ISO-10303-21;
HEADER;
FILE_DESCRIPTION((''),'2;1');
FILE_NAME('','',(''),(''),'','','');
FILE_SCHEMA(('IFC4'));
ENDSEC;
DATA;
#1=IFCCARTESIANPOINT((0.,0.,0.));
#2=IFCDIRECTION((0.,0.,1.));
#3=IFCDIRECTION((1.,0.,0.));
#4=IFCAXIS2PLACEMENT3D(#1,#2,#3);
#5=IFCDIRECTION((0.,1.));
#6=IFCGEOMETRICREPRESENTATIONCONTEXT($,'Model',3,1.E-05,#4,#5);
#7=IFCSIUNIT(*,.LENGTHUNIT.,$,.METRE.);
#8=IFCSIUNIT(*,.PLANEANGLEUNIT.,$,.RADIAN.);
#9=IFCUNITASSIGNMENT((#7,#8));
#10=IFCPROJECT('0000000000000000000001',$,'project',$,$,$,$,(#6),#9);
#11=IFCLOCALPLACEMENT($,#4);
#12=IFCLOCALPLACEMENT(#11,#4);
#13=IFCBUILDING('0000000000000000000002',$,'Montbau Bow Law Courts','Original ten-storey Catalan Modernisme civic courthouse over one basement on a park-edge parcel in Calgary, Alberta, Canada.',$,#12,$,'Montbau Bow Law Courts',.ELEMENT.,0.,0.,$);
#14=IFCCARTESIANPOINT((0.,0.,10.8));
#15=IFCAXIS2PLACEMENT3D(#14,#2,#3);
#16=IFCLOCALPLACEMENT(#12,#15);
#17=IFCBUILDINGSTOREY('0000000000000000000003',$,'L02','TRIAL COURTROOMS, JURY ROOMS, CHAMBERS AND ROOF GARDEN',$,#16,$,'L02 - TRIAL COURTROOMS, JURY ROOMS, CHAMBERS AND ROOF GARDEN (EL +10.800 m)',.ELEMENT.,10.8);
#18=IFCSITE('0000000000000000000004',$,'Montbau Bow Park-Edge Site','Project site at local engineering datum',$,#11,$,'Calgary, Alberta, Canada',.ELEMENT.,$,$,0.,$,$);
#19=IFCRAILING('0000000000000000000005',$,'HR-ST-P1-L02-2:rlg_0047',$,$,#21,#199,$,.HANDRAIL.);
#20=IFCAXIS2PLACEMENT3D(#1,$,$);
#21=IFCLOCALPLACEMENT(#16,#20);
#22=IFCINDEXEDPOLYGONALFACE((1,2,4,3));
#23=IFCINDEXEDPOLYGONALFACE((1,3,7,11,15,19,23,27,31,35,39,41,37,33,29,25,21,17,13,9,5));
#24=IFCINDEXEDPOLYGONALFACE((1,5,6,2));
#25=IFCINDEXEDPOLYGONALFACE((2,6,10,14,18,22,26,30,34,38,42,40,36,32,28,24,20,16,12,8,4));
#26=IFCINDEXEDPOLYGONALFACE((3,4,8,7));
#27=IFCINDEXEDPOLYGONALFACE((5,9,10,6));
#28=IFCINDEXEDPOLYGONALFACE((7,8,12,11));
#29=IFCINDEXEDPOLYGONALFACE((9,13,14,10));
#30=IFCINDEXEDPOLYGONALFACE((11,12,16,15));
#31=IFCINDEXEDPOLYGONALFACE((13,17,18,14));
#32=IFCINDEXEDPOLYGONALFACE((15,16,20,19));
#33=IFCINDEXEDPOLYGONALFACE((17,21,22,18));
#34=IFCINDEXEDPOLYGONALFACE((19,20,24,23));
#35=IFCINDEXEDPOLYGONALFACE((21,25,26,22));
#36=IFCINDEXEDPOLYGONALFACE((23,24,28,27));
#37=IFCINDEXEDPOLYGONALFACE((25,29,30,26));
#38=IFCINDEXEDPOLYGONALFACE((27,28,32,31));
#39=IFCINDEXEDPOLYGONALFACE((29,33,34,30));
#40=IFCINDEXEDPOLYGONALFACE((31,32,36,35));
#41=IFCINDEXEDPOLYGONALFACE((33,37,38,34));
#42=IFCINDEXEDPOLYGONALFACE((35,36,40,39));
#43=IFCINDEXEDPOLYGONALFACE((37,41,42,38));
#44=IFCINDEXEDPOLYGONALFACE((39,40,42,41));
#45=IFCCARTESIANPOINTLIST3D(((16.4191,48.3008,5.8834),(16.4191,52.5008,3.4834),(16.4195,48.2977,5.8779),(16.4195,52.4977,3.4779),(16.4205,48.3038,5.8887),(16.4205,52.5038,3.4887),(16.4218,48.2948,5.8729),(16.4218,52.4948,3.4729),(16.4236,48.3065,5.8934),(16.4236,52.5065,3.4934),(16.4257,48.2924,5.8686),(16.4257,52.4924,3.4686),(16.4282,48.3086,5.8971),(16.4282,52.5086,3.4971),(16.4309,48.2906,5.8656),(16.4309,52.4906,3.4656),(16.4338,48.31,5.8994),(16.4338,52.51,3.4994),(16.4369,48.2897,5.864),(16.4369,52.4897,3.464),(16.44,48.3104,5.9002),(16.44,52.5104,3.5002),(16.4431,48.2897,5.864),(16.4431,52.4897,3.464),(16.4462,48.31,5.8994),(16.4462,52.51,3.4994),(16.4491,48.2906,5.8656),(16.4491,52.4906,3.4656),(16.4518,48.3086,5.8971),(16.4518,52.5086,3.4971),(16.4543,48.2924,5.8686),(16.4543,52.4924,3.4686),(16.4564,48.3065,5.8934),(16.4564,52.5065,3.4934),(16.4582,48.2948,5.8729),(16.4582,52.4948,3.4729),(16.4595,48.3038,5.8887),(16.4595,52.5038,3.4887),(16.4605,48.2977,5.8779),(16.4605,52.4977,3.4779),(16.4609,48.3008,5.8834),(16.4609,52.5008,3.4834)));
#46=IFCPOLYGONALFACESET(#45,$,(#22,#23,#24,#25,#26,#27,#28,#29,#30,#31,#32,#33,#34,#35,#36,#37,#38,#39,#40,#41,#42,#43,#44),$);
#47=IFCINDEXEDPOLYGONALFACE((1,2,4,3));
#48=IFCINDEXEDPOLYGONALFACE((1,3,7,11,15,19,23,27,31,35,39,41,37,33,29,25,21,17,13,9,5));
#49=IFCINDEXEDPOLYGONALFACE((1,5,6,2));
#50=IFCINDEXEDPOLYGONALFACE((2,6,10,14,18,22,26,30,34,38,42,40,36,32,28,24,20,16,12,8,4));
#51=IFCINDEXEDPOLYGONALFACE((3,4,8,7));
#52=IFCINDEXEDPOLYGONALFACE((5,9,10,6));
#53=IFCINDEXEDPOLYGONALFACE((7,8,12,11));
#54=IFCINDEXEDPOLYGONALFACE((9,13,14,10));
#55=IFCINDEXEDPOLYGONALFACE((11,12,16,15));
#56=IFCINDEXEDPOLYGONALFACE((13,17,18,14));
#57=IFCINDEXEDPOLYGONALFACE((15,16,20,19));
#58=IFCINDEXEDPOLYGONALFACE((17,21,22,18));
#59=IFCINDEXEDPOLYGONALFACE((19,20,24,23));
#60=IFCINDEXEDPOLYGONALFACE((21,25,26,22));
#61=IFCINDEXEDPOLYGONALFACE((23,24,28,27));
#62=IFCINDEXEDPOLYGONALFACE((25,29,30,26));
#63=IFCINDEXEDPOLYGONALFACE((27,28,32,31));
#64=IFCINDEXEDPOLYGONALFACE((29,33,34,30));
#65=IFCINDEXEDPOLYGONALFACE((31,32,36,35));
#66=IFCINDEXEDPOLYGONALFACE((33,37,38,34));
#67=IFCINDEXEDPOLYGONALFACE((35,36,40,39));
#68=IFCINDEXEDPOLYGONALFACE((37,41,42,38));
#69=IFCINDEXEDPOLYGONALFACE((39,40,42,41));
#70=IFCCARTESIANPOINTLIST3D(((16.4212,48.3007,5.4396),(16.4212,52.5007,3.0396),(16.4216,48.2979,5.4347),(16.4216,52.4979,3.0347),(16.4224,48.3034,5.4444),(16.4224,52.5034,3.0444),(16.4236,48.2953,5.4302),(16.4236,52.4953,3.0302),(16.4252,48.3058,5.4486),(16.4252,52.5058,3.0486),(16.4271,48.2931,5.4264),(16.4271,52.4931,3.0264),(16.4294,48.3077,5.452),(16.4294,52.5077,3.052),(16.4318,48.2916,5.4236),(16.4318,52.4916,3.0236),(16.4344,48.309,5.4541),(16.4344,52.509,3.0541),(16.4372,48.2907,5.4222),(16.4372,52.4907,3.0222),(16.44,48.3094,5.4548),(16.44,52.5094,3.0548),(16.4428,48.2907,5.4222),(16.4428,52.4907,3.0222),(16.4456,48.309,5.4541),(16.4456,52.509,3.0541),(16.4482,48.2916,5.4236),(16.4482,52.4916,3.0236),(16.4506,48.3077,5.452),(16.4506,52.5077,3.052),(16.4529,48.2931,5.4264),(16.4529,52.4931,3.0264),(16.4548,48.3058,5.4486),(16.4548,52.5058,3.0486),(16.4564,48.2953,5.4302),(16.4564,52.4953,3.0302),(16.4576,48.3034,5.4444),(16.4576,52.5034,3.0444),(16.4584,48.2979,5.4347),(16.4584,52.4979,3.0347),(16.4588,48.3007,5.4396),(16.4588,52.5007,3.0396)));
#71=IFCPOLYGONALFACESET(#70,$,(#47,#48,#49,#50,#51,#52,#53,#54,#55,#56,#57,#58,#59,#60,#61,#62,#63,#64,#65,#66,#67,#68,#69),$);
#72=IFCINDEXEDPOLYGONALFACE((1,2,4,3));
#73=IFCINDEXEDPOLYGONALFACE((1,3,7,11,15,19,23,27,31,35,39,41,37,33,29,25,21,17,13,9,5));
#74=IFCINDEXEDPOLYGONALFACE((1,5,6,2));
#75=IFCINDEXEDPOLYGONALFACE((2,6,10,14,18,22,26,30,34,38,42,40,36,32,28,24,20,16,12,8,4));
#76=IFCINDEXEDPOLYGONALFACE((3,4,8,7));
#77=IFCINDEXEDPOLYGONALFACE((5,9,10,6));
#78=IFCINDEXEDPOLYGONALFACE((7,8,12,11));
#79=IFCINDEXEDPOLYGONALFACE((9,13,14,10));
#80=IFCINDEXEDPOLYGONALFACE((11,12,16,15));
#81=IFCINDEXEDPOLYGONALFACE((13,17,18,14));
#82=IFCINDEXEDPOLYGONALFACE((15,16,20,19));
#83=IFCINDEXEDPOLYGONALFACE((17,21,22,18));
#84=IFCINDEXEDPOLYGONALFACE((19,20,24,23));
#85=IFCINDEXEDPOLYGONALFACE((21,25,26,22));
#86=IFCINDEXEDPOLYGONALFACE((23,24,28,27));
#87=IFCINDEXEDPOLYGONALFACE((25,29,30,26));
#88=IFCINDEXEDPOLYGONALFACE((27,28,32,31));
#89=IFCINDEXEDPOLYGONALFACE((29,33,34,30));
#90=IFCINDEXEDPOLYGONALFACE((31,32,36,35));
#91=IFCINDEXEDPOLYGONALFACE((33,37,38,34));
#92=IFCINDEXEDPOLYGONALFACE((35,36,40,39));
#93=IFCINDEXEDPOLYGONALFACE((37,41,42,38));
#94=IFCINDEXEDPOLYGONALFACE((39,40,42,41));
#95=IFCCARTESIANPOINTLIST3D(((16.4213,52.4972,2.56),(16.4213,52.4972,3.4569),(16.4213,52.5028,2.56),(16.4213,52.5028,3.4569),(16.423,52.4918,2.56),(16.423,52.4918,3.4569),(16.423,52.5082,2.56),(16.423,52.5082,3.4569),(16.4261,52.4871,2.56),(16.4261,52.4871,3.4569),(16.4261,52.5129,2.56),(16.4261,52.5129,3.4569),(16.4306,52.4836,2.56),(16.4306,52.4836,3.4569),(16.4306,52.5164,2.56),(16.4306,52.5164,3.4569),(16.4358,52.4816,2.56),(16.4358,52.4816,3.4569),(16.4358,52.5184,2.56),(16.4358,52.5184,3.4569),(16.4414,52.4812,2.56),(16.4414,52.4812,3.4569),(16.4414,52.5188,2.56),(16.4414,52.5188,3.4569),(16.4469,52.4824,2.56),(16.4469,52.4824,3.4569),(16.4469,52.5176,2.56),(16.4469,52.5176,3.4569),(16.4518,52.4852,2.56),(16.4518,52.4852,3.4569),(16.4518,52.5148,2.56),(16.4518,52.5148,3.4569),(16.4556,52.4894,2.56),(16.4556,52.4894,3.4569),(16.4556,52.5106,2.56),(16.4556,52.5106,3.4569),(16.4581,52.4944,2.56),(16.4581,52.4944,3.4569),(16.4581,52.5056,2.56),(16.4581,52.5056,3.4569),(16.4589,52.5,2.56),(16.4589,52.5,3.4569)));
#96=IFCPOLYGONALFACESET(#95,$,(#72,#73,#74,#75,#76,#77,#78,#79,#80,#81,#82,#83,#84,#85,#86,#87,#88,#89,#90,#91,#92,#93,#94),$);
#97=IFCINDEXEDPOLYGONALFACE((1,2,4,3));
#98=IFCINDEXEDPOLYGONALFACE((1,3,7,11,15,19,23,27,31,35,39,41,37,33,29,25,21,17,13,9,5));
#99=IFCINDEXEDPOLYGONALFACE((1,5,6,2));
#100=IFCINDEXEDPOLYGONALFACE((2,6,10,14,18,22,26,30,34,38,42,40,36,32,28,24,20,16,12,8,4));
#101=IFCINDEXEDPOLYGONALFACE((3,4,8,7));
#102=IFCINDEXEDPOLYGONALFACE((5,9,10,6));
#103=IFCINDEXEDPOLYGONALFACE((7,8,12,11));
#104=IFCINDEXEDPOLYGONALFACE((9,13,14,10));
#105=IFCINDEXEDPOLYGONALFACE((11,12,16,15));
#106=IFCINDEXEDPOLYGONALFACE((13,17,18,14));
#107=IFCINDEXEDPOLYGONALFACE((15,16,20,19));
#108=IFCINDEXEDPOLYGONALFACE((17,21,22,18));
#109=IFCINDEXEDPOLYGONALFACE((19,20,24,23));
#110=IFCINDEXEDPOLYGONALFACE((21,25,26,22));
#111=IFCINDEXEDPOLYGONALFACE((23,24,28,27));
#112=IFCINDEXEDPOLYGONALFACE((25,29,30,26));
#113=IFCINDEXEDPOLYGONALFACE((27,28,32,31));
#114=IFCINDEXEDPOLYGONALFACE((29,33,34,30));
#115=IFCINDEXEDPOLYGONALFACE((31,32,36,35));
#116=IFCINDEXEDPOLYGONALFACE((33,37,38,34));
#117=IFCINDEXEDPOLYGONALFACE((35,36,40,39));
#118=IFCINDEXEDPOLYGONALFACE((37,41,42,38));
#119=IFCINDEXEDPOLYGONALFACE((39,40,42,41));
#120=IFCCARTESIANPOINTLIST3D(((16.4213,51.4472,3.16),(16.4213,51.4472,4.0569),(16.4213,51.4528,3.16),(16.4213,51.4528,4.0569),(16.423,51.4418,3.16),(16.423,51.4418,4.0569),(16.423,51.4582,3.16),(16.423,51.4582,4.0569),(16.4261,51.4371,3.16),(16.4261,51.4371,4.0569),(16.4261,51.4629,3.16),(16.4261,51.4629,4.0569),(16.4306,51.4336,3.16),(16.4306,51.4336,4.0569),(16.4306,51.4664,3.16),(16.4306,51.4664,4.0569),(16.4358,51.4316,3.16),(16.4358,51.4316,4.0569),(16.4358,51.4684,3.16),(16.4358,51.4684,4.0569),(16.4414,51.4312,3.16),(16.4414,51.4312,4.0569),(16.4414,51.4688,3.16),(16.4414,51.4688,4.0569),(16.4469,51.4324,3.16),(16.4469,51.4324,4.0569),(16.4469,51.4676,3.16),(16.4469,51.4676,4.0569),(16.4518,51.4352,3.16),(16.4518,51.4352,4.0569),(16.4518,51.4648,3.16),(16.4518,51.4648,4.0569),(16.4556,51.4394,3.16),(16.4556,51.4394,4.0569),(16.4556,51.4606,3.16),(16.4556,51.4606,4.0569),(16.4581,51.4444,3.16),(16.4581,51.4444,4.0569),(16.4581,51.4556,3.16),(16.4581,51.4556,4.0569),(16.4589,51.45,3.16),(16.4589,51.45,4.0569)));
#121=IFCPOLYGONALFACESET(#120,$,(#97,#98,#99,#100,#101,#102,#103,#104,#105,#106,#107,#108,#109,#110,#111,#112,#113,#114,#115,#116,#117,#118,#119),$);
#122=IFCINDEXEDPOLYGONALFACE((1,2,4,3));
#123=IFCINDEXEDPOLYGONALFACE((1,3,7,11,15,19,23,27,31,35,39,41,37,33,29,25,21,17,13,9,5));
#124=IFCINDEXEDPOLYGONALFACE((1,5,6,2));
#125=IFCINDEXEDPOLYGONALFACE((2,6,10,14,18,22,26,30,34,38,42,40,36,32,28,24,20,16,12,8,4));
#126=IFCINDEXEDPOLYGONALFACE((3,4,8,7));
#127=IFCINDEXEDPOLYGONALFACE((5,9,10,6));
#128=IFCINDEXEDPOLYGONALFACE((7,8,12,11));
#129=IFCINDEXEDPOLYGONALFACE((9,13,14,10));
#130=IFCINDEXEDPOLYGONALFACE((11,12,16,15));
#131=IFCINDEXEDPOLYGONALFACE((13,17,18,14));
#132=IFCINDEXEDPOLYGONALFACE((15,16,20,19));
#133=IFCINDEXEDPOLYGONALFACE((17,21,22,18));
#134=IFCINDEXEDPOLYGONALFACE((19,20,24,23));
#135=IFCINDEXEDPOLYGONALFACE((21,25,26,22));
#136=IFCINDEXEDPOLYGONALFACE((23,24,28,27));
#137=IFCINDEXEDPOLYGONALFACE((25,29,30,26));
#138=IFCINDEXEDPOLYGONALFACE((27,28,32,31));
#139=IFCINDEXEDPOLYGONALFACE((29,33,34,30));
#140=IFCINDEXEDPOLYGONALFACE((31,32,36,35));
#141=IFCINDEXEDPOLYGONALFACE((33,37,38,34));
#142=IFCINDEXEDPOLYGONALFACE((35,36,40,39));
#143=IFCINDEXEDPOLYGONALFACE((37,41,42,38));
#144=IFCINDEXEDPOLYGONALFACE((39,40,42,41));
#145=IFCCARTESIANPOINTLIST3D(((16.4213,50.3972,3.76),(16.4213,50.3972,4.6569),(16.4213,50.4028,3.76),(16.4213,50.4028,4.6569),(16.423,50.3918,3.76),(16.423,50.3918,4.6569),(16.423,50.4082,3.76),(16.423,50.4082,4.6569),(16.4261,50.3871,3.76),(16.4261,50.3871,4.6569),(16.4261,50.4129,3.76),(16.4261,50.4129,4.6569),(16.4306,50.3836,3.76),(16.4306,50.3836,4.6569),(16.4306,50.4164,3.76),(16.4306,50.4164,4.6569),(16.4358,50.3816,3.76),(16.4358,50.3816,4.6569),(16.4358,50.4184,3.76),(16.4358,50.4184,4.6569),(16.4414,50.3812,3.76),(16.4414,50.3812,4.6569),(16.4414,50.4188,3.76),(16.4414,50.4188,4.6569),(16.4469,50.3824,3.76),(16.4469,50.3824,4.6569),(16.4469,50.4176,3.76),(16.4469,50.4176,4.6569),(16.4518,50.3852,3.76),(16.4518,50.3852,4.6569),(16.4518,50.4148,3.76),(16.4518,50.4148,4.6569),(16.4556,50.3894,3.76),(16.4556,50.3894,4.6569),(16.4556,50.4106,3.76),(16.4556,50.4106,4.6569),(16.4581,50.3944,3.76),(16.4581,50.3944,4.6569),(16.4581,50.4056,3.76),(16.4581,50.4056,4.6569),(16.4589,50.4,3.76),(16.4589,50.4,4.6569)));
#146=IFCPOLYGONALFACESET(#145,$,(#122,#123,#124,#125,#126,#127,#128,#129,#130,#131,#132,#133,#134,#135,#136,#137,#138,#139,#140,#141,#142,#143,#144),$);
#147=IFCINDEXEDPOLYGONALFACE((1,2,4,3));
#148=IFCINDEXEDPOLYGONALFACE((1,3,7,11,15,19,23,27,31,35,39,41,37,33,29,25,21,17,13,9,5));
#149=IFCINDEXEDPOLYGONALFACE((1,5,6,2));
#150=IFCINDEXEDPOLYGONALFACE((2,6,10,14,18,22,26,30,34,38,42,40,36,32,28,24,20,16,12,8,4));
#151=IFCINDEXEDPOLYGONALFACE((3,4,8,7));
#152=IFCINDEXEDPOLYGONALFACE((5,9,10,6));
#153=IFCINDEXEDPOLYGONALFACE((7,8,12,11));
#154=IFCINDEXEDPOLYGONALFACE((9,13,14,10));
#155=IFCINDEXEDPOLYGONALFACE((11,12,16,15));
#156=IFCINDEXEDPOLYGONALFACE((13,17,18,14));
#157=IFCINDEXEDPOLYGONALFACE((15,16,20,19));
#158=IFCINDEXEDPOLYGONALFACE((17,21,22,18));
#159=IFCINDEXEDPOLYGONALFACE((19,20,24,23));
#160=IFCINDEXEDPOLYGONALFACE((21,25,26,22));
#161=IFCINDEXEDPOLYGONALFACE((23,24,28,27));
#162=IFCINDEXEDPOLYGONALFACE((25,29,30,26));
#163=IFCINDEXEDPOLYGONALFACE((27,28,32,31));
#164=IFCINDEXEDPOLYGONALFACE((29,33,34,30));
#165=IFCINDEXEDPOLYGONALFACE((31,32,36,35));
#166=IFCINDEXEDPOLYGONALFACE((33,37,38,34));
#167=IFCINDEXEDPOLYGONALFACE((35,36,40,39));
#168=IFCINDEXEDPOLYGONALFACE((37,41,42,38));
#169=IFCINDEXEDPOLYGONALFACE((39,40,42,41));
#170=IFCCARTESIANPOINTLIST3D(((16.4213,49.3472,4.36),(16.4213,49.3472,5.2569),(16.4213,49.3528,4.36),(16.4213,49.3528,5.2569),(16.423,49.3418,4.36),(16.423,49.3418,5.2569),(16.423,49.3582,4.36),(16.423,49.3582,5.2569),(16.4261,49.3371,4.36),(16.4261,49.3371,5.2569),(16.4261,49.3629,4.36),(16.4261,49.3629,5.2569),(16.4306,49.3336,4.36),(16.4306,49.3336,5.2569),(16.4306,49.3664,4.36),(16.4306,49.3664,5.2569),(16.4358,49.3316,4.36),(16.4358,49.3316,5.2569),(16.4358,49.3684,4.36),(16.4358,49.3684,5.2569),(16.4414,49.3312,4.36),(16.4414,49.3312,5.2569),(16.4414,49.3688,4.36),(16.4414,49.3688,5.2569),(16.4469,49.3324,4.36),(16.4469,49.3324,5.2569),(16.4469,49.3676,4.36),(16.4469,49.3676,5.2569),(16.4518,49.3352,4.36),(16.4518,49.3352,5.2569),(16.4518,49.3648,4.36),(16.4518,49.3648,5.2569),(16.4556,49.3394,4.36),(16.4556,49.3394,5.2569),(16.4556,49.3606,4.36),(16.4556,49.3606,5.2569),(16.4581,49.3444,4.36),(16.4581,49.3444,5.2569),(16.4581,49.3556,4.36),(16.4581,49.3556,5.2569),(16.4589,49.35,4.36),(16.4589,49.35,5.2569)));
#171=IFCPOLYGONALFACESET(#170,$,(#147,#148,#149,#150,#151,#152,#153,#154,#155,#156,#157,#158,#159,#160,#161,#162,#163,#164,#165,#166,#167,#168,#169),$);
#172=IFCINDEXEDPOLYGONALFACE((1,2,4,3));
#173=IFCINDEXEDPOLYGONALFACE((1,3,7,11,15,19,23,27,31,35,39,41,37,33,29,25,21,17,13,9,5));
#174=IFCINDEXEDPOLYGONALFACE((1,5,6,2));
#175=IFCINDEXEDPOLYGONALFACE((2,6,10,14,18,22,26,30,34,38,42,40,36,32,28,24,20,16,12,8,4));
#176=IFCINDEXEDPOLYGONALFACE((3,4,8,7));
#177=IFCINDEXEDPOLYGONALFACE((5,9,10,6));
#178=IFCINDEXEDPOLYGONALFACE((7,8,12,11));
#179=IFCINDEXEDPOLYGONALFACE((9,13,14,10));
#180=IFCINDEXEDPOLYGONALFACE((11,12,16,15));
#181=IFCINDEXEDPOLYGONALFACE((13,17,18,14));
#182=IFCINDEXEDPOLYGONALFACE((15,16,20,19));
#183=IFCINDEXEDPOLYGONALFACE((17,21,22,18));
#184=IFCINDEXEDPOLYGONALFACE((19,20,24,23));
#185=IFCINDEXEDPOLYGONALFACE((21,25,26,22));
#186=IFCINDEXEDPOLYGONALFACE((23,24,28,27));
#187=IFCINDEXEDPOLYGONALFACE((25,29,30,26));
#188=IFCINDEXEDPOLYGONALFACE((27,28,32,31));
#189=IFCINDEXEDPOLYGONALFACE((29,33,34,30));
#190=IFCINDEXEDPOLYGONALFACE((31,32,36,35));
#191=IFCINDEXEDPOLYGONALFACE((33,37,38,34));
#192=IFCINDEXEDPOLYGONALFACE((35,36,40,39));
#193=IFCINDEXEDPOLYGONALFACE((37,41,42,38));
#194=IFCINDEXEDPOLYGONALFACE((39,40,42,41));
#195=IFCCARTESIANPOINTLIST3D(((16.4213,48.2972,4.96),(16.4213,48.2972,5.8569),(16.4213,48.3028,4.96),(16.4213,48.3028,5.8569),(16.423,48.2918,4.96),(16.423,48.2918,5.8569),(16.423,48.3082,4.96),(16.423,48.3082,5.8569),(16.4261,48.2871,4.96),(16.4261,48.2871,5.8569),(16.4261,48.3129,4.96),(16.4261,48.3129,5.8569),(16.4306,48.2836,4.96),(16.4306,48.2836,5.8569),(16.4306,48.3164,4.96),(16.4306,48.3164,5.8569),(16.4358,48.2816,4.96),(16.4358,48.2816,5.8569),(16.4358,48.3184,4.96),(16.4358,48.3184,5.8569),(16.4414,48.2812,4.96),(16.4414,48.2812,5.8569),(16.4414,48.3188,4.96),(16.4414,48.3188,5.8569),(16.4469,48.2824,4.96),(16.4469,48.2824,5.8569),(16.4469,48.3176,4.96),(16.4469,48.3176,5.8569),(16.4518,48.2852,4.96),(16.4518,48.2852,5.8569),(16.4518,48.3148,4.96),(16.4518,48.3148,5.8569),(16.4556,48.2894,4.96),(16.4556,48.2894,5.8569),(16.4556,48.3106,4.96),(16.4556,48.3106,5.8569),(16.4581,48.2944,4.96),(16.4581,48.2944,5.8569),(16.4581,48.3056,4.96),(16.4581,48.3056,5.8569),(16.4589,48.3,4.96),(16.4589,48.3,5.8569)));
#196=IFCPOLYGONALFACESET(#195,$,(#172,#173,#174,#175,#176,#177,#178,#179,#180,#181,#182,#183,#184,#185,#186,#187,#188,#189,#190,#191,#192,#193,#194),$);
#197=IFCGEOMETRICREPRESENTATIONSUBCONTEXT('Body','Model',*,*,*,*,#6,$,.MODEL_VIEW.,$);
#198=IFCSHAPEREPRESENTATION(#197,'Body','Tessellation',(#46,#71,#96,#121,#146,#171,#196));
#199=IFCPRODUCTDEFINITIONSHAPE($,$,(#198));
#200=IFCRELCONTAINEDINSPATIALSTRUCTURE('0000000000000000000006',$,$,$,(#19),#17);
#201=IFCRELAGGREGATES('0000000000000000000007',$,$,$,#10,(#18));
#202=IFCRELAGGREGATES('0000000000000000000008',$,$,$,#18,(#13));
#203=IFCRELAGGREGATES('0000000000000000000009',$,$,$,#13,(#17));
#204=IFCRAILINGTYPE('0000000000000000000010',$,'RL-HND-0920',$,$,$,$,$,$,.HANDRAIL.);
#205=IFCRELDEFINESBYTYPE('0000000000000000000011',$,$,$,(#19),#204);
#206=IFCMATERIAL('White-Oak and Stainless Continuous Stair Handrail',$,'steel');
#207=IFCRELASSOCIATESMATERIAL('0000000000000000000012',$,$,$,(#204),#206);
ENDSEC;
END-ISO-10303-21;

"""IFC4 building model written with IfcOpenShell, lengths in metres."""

from ifc_helpers import new_model, si_unit, direction, frame, origin_with_axes, origin_2d_with_axis, place, context, subcontext, project, spatial, circle, extrude, material, type_object, element, save


model = new_model("IFC4")

# Units and contexts
model_context = context("Model", 3, precision=1e-05, world=origin_with_axes(), true_north=direction((0.0, 1.0)))
body_context = subcontext(model_context, "Body", "Model", "MODEL_VIEW")
ifc_project = project(units=[si_unit("LENGTHUNIT", "METRE"), si_unit("PLANEANGLEUNIT", "RADIAN")], contexts=[model_context])

# Site, building, storey
site_placement = place(None, origin_with_axes())
site = spatial("IfcSite", under=ifc_project, at=site_placement, Name="Montbau Bow Park-Edge Site", Description="Project site at local engineering datum", LongName="Calgary, Alberta, Canada", CompositionType="ELEMENT", RefElevation=0.0)
building_placement = place(site_placement, origin_with_axes())
building = spatial("IfcBuilding", under=site, at=building_placement, Name="Montbau Bow Law Courts", Description="Original ten-storey Catalan Modernisme civic courthouse over one basement on a park-edge parcel in Calgary, Alberta, Canada.", LongName="Montbau Bow Law Courts", CompositionType="ELEMENT", ElevationOfRefHeight=0.0, ElevationOfTerrain=0.0)
storey_placement = place(building_placement, frame((0.0, 0.0, 10.8), z_axis=(0.0, 0.0, 1.0), x_axis=(1.0, 0.0, 0.0)))
storey = spatial("IfcBuildingStorey", under=building, at=storey_placement, Name="L02", Description="TRIAL COURTROOMS, JURY ROOMS, CHAMBERS AND ROOF GARDEN", LongName="L02 - TRIAL COURTROOMS, JURY ROOMS, CHAMBERS AND ROOF GARDEN (EL +10.800 m)", CompositionType="ELEMENT", Elevation=10.8)

# Railing
ifc_material_1 = material(Name="White-Oak and Stainless Continuous Stair Handrail", Category="steel")
railing_type_1 = type_object("IfcRailingType", Name="RL-HND-0920", PredefinedType="HANDRAIL", material=ifc_material_1)
railing_1_placement = place(None, origin_with_axes())
element("IfcRailing", 1, at=railing_1_placement, inside=storey, type_object=railing_type_1, Name="HR-ST-P1-L02-2:rlg_0047", PredefinedType="HANDRAIL", context=body_context, shape_type="SweptSolid", body=[
    extrude(circle(Radius=0.021, at=origin_2d_with_axis()), frame((16.44, 52.5, 14.282), z_axis=(0.0, -0.868243, 0.496139), x_axis=(0.0, 0.496139, 0.868243)), (0.0, 0.0, 1.0), 4.8374),
    extrude(circle(Radius=0.0189, at=origin_2d_with_axis()), frame((16.44, 52.5, 13.8384), z_axis=(0.0, -0.868243, 0.496139), x_axis=(0.0, 0.496139, 0.868243)), (0.0, 0.0, 1.0), 4.8374),
    extrude(circle(Radius=0.0189, at=origin_2d_with_axis()), frame((16.44, 52.5, 13.36), z_axis=(0.0, 0.0, 1.0), x_axis=(1.0, 0.0, 0.0)), (0.0, 0.0, 1.0), 0.8969),
    extrude(circle(Radius=0.0189, at=origin_2d_with_axis()), frame((16.44, 51.45, 13.96), z_axis=(0.0, 0.0, 1.0), x_axis=(1.0, 0.0, 0.0)), (0.0, 0.0, 1.0), 0.8969),
    extrude(circle(Radius=0.0189, at=origin_2d_with_axis()), frame((16.44, 50.4, 14.56), z_axis=(0.0, 0.0, 1.0), x_axis=(1.0, 0.0, 0.0)), (0.0, 0.0, 1.0), 0.8969),
    extrude(circle(Radius=0.0189, at=origin_2d_with_axis()), frame((16.44, 49.35, 15.16), z_axis=(0.0, 0.0, 1.0), x_axis=(1.0, 0.0, 0.0)), (0.0, 0.0, 1.0), 0.8969),
    extrude(circle(Radius=0.0189, at=origin_2d_with_axis()), frame((16.44, 48.3, 15.76), z_axis=(0.0, 0.0, 1.0), x_axis=(1.0, 0.0, 0.0)), (0.0, 0.0, 1.0), 0.8969),
])

save(model, "model.ifc")
